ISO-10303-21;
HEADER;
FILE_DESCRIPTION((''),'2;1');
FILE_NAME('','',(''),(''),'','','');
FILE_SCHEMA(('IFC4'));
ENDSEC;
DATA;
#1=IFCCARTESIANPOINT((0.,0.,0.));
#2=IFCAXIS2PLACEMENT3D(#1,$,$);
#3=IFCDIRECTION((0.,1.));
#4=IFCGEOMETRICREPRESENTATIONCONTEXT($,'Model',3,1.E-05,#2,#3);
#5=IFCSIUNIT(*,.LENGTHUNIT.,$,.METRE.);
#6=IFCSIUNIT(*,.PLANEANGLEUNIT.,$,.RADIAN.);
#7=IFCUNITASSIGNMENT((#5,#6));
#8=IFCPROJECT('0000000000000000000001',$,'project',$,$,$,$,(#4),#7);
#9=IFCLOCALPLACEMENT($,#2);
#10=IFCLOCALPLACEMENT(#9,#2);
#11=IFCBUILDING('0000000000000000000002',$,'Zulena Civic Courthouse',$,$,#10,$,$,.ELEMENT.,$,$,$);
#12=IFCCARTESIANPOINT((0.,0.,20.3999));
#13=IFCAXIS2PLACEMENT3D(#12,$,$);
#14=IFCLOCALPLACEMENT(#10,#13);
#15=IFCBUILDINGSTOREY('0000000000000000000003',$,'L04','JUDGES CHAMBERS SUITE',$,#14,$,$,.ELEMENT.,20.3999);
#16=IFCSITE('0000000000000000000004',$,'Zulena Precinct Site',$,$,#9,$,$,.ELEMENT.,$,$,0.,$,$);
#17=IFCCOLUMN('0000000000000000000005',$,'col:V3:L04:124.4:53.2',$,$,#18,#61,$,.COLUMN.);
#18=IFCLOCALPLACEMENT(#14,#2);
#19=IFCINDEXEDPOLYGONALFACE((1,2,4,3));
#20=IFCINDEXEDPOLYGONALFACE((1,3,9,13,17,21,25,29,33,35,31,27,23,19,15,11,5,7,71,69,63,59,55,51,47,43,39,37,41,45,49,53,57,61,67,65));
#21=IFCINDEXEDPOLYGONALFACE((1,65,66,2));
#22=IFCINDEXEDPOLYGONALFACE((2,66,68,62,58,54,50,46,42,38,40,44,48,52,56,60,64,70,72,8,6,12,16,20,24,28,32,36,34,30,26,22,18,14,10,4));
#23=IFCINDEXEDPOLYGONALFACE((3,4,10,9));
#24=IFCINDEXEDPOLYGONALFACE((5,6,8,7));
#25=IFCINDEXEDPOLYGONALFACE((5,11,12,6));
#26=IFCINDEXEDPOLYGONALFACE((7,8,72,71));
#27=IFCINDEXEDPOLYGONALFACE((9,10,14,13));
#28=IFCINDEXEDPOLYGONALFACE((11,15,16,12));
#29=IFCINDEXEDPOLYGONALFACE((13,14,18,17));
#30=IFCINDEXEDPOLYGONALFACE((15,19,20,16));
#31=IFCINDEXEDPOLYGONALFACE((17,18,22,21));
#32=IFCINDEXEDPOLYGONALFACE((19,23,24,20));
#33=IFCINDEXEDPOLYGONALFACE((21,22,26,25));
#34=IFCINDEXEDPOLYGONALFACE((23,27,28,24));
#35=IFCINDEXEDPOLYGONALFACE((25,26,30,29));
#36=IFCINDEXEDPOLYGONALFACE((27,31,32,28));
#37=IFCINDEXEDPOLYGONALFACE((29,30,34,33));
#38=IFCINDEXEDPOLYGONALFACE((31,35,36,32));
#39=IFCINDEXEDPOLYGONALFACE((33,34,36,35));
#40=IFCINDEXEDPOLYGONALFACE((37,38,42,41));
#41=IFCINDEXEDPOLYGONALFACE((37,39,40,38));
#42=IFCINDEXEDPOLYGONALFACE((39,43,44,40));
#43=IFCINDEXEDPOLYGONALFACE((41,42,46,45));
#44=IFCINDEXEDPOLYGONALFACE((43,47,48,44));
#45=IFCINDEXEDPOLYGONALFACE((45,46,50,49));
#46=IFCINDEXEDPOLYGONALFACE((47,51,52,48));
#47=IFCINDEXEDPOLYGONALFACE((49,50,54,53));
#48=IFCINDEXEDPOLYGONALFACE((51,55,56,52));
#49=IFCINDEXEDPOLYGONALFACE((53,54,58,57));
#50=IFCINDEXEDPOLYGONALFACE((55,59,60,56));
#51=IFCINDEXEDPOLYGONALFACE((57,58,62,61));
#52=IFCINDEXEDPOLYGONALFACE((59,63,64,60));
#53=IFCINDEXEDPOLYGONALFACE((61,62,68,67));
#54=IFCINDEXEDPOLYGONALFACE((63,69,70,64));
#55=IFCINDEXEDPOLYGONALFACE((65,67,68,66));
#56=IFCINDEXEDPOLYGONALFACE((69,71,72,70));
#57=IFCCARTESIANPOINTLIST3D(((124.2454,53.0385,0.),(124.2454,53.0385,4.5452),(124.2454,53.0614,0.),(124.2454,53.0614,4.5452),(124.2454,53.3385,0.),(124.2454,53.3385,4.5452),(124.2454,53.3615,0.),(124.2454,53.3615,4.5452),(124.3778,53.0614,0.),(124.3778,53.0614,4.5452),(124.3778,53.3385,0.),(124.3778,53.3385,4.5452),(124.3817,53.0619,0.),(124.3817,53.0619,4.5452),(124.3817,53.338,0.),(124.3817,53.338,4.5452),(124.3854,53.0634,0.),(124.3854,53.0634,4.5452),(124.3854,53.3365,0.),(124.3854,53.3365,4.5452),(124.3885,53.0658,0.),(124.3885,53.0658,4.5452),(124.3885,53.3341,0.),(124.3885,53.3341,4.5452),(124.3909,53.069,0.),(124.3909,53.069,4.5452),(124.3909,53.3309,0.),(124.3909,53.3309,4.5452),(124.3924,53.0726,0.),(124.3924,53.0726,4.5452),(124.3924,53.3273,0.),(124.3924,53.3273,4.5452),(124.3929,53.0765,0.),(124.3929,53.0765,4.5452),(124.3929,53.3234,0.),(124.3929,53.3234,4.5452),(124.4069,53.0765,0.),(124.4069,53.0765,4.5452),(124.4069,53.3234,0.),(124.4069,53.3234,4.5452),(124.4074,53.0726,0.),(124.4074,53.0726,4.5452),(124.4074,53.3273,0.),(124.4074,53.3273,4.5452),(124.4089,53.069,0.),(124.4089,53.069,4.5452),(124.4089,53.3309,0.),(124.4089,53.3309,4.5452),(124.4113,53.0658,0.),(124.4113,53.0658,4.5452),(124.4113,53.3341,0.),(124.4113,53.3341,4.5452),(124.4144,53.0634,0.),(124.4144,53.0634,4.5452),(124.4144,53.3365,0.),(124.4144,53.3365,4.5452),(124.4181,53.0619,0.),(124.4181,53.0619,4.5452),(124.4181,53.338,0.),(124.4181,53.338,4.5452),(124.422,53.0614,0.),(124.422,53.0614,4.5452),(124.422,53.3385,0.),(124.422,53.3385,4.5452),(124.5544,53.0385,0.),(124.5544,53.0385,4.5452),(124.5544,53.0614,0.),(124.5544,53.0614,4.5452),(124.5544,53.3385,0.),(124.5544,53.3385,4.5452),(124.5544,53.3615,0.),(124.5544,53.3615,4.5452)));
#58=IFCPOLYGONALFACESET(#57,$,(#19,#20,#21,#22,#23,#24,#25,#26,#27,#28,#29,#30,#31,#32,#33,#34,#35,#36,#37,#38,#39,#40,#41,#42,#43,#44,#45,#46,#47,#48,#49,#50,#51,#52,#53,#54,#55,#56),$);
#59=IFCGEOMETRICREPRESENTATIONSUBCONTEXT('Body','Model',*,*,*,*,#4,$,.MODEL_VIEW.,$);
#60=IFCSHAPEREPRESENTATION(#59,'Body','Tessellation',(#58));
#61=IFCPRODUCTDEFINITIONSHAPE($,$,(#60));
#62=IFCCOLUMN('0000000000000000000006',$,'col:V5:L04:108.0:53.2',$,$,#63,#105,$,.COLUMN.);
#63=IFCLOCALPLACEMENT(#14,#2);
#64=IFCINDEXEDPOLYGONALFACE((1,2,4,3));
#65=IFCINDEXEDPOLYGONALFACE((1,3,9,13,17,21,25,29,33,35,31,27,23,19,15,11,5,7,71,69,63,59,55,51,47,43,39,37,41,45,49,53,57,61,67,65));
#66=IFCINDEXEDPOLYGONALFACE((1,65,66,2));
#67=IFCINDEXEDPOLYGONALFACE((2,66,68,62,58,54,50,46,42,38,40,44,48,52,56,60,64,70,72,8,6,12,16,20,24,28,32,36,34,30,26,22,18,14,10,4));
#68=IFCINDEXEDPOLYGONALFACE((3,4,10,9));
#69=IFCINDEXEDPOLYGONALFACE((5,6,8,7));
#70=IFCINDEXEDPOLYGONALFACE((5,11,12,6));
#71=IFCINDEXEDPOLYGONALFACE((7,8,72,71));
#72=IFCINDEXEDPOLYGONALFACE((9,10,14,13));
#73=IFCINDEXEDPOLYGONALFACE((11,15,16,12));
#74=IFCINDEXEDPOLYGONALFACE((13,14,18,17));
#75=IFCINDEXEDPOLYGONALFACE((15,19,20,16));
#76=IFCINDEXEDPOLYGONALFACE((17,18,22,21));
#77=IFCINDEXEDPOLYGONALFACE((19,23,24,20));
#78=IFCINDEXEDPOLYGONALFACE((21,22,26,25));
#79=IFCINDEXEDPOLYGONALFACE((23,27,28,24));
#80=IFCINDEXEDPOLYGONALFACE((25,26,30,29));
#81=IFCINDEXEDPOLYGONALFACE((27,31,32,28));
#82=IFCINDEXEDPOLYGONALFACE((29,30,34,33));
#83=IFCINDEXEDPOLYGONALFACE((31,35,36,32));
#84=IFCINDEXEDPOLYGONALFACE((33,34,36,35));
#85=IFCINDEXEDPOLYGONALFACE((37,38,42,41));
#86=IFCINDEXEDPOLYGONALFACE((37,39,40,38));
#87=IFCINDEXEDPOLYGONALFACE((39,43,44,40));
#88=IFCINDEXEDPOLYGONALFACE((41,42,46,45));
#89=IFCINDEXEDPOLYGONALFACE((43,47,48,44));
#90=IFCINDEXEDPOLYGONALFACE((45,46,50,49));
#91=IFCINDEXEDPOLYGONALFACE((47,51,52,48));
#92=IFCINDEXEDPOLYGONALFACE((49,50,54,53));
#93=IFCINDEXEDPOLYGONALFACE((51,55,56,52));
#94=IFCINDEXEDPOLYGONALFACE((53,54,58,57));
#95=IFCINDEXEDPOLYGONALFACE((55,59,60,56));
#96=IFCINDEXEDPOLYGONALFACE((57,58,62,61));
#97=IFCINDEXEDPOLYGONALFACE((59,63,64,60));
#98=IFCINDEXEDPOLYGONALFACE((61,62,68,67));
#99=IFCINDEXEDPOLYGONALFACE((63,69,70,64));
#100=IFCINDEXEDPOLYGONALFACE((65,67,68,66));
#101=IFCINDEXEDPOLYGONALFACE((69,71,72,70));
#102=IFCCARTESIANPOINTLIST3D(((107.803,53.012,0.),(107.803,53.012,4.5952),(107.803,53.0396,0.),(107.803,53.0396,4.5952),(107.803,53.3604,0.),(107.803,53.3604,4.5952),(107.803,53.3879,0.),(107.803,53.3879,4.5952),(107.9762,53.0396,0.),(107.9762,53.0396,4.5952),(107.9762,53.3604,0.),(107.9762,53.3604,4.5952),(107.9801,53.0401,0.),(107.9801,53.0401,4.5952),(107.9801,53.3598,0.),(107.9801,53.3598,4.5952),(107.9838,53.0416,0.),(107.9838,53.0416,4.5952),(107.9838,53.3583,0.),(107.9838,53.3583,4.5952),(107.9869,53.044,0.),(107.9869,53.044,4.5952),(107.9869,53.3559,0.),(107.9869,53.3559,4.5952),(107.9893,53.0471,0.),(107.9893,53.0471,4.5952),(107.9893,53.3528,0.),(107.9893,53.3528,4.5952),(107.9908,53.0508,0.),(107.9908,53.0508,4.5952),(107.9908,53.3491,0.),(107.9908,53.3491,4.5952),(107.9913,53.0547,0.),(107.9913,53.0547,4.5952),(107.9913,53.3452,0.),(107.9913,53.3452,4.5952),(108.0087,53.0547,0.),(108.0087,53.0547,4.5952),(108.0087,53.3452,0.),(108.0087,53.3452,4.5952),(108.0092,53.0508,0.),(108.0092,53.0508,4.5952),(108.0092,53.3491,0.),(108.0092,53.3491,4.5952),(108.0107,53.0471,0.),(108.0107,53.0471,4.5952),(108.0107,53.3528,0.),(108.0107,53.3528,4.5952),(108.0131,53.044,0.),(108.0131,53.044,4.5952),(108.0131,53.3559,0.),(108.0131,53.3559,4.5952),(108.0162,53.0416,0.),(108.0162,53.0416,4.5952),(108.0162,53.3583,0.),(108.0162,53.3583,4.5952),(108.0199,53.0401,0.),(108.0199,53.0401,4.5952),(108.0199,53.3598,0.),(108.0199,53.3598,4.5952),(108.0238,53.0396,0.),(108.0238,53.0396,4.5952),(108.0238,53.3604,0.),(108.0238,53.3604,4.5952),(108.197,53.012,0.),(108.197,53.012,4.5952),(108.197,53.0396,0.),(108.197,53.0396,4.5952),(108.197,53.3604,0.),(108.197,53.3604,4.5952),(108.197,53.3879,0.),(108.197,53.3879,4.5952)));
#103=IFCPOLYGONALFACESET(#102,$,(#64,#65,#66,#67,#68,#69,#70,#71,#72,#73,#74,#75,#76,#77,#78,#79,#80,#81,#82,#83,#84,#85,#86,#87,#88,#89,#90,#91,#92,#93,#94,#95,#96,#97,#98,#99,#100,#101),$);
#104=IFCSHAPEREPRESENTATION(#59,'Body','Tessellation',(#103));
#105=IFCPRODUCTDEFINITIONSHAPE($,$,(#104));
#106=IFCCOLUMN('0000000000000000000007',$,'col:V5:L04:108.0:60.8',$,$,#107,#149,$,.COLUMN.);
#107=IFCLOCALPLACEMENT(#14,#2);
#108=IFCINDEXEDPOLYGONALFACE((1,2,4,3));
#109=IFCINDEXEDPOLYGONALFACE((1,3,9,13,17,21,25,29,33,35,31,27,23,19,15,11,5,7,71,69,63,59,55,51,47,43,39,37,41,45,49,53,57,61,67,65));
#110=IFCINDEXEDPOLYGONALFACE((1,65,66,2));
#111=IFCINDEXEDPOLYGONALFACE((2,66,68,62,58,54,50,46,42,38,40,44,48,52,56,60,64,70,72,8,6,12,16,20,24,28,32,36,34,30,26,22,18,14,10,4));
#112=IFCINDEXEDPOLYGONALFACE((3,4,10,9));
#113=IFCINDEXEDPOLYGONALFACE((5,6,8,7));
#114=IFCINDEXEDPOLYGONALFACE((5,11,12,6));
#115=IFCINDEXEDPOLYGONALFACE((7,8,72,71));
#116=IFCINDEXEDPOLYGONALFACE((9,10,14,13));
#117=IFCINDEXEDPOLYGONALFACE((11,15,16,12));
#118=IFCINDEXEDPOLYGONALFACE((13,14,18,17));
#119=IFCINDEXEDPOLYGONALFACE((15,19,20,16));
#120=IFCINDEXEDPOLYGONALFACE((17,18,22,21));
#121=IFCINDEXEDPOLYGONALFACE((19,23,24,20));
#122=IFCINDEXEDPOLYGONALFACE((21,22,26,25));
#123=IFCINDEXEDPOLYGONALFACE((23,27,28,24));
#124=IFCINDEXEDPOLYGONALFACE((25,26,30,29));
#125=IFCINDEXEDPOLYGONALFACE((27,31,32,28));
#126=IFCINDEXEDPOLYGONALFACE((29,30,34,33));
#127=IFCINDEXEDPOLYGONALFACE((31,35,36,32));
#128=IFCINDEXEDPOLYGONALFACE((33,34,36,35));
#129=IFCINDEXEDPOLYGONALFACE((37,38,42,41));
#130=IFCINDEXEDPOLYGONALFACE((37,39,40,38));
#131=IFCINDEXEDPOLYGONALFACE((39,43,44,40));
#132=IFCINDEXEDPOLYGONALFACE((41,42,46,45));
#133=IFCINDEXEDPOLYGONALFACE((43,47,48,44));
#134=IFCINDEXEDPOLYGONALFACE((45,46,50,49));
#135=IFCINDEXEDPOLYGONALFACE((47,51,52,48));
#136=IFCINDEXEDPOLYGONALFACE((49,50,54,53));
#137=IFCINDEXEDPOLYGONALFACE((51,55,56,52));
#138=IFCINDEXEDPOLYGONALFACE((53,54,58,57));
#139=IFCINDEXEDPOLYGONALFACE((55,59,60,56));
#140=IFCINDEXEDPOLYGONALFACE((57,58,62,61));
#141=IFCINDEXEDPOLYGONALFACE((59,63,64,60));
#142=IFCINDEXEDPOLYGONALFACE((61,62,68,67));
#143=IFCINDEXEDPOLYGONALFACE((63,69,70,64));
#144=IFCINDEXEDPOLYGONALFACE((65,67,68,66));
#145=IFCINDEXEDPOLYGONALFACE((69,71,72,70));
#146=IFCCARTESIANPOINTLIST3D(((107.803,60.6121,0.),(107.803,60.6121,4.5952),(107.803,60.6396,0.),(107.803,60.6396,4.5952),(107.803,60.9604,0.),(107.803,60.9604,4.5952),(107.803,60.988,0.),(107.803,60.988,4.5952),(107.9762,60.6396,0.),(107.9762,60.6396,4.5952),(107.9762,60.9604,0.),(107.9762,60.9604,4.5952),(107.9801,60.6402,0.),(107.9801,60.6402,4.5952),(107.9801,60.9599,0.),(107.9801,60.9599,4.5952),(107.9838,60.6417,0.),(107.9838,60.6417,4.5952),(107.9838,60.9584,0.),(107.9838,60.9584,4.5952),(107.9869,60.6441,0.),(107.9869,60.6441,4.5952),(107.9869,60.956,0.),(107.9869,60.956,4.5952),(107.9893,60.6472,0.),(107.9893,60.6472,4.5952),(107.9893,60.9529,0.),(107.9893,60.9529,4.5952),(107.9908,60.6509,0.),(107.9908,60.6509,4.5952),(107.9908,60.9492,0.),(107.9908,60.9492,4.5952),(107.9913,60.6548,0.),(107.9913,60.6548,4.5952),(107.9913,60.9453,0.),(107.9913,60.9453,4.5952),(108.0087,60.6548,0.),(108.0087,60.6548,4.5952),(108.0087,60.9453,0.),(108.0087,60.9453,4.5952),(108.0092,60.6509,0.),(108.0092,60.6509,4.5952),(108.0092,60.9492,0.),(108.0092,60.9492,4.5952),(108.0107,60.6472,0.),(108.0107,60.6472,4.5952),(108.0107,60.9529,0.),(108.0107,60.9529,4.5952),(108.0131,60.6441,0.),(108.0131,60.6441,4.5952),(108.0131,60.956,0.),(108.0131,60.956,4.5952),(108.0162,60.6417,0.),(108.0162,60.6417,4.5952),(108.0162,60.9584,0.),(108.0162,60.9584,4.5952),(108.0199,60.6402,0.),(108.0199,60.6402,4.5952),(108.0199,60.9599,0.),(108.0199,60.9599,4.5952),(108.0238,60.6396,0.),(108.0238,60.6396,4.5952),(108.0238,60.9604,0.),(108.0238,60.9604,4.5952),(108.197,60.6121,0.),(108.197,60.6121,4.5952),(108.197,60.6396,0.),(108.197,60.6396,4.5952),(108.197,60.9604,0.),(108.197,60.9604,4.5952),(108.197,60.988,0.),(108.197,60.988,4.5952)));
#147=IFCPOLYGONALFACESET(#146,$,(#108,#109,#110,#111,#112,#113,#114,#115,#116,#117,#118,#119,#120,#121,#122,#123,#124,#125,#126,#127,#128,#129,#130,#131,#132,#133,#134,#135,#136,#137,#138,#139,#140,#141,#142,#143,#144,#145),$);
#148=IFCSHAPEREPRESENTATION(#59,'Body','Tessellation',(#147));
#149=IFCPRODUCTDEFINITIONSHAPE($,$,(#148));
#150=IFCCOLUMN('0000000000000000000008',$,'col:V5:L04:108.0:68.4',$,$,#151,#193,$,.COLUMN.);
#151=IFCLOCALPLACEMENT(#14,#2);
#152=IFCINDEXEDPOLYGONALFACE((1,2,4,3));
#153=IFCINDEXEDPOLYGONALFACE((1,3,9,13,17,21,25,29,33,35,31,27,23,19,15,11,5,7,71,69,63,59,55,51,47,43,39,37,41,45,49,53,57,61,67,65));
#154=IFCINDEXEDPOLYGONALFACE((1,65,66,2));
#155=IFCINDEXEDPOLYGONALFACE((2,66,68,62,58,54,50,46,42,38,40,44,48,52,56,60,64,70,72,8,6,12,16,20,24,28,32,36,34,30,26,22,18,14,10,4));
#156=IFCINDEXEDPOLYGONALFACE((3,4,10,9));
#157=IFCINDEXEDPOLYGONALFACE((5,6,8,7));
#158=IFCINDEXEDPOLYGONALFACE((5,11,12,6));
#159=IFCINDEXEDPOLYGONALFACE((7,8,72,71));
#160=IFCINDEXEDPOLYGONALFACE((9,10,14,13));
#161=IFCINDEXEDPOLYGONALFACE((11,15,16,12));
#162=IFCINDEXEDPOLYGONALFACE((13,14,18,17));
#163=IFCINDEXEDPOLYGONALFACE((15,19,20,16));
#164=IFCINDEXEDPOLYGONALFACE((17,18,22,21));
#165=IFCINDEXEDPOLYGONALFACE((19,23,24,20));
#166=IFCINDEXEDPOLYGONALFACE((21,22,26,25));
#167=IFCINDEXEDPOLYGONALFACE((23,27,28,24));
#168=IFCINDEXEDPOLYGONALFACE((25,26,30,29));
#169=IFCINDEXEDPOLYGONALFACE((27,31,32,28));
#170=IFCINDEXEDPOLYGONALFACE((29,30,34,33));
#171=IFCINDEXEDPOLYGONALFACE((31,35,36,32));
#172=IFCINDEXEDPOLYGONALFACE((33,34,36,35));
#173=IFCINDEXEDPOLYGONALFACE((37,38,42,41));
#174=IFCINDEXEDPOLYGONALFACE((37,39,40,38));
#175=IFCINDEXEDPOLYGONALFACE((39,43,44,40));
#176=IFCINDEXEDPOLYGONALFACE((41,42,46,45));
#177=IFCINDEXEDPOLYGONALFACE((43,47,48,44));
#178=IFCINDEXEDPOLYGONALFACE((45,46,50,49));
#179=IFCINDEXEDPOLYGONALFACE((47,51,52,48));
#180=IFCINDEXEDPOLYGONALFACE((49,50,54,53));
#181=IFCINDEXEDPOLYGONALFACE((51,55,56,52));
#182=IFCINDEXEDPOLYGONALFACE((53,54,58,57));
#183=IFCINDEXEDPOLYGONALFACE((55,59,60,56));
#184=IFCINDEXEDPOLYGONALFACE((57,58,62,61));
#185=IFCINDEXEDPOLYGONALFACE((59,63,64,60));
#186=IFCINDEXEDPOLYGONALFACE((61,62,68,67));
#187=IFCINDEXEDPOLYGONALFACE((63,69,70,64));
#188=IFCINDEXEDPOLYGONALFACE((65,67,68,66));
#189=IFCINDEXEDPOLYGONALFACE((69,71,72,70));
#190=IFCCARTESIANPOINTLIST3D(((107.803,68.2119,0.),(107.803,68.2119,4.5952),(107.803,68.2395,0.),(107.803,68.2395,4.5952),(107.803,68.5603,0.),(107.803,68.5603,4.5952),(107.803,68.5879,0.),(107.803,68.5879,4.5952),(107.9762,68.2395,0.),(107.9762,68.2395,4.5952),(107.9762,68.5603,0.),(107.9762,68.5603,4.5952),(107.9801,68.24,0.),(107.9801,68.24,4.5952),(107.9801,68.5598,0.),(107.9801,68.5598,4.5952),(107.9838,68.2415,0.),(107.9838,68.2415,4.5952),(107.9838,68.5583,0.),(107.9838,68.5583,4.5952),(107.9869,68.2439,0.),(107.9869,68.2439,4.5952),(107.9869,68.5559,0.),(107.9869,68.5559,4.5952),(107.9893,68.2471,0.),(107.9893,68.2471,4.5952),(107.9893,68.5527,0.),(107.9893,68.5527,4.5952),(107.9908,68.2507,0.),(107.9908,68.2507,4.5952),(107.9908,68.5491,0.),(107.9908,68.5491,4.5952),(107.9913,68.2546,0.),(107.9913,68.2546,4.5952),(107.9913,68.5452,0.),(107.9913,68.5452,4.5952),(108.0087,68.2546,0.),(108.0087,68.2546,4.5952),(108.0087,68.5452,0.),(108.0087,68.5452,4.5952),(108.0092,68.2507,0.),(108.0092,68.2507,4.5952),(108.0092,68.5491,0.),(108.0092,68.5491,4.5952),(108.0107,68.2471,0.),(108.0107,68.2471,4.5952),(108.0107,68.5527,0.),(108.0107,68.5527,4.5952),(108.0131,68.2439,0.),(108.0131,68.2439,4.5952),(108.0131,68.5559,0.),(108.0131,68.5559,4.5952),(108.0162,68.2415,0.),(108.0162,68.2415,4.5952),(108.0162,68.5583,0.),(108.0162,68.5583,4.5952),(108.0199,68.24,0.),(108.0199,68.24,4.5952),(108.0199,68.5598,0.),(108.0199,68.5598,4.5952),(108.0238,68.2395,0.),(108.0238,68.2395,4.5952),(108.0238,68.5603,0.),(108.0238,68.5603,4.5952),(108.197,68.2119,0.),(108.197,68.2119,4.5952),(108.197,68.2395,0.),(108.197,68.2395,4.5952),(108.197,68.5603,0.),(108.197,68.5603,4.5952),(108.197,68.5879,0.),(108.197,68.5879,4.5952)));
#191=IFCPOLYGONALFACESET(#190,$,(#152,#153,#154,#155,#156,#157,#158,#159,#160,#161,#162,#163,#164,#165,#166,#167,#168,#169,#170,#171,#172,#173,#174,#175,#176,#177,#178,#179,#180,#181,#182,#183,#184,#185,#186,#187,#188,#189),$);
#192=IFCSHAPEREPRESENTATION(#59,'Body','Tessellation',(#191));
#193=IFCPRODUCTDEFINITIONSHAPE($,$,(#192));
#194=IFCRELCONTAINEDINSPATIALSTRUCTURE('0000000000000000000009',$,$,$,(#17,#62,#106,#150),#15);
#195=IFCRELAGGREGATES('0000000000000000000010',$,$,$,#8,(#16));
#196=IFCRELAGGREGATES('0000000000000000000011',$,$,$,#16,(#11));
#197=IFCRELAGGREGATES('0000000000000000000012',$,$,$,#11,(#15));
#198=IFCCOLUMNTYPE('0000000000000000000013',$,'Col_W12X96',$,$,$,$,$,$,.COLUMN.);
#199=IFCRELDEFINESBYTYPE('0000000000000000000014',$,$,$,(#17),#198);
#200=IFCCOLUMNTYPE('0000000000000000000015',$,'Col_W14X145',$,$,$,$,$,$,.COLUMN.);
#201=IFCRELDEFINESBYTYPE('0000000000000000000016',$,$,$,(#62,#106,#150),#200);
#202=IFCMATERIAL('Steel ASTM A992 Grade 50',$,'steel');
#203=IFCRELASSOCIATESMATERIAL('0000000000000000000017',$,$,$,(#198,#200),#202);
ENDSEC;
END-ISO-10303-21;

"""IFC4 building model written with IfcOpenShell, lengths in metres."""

from ifc_helpers import new_model, si_unit, direction, frame, origin, origin_2d, place, context, subcontext, project, spatial, i_section, extrude, material, material_profile, profile_set, type_object, element, save


model = new_model("IFC4")

# Units and contexts
model_context = context("Model", 3, precision=1e-05, world=origin(), true_north=direction((0.0, 1.0)))
body_context = subcontext(model_context, "Body", "Model", "MODEL_VIEW")
ifc_project = project(units=[si_unit("LENGTHUNIT", "METRE"), si_unit("PLANEANGLEUNIT", "RADIAN")], contexts=[model_context])

# Site, building, storey
site_placement = place(None, origin())
site = spatial("IfcSite", under=ifc_project, at=site_placement, Name="Zulena Precinct Site", CompositionType="ELEMENT", RefElevation=0.0)
building_placement = place(site_placement, origin())
building = spatial("IfcBuilding", under=site, at=building_placement, Name="Zulena Civic Courthouse", CompositionType="ELEMENT")
storey_placement = place(building_placement, frame((0.0, 0.0, 20.3999)))
storey = spatial("IfcBuildingStorey", under=building, at=storey_placement, Name="L04", Description="JUDGES CHAMBERS SUITE", CompositionType="ELEMENT", Elevation=20.3999)

# Columns
ifc_material_1 = material(Name="Steel ASTM A992 Grade 50", Category="steel")
ifc_material_profile_1 = material_profile(ifc_material_1, i_section(OverallWidth=0.3091, OverallDepth=0.323, WebThickness=0.0139, FlangeThickness=0.0229, FilletRadius=0.0151, at=origin_2d()), Name="W12X96")
ifc_profile_set_1 = profile_set([ifc_material_profile_1], Name="Steel ASTM A992 Grade 50")
column_type_1 = type_object("IfcColumnType", Name="Col_W12X96", PredefinedType="COLUMN", material=ifc_profile_set_1)
column_placement = place(storey_placement, frame((124.3999, 53.2, 0.0), z_axis=(0.0, 0.0, 1.0), x_axis=(1.0, 0.0, 0.0)))
element("IfcColumn", 1, at=column_placement, inside=storey, type_object=column_type_1, Name="col:V3:L04:124.4:53.2", PredefinedType="COLUMN", context=body_context, shape_type="SweptSolid", body=[
    extrude(i_section(OverallWidth=0.3091, OverallDepth=0.323, WebThickness=0.0139, FlangeThickness=0.0229, FilletRadius=0.0151, at=origin_2d()), origin(), (0.0, 0.0, 1.0), 4.5452),
])
ifc_material_profile_2 = material_profile(ifc_material_1, i_section(OverallWidth=0.394, OverallDepth=0.376, WebThickness=0.0173, FlangeThickness=0.0276, FilletRadius=0.0151, at=origin_2d()), Name="W14X145")
ifc_profile_set_2 = profile_set([ifc_material_profile_2], Name="Steel ASTM A992 Grade 50")
column_type_2 = type_object("IfcColumnType", Name="Col_W14X145", PredefinedType="COLUMN", material=ifc_profile_set_2)
for number, where, z_axis, x_axis, name in (
    (2, (108.0, 53.2, 0.0), (0.0, 0.0, 1.0), (1.0, 0.0, 0.0), "col:V5:L04:108.0:53.2"),
    (3, (108.0, 60.8, 0.0), (0.0, 0.0, 1.0), (1.0, 0.0, 0.0), "col:V5:L04:108.0:60.8"),
    (4, (108.0, 68.3999, 0.0), (0.0, 0.0, 1.0), (1.0, 0.0, 0.0), "col:V5:L04:108.0:68.4"),
):
    element("IfcColumn", number, at=place(storey_placement, frame(where, z_axis=z_axis, x_axis=x_axis)), inside=storey, type_object=column_type_2, Name=name, PredefinedType="COLUMN", context=body_context, shape_type="SweptSolid", body=[
        extrude(i_section(OverallWidth=0.394, OverallDepth=0.376, WebThickness=0.0173, FlangeThickness=0.0276, FilletRadius=0.0151, at=origin_2d()), origin(), (0.0, 0.0, 1.0), 4.5952),
    ])

save(model, "model.ifc")
